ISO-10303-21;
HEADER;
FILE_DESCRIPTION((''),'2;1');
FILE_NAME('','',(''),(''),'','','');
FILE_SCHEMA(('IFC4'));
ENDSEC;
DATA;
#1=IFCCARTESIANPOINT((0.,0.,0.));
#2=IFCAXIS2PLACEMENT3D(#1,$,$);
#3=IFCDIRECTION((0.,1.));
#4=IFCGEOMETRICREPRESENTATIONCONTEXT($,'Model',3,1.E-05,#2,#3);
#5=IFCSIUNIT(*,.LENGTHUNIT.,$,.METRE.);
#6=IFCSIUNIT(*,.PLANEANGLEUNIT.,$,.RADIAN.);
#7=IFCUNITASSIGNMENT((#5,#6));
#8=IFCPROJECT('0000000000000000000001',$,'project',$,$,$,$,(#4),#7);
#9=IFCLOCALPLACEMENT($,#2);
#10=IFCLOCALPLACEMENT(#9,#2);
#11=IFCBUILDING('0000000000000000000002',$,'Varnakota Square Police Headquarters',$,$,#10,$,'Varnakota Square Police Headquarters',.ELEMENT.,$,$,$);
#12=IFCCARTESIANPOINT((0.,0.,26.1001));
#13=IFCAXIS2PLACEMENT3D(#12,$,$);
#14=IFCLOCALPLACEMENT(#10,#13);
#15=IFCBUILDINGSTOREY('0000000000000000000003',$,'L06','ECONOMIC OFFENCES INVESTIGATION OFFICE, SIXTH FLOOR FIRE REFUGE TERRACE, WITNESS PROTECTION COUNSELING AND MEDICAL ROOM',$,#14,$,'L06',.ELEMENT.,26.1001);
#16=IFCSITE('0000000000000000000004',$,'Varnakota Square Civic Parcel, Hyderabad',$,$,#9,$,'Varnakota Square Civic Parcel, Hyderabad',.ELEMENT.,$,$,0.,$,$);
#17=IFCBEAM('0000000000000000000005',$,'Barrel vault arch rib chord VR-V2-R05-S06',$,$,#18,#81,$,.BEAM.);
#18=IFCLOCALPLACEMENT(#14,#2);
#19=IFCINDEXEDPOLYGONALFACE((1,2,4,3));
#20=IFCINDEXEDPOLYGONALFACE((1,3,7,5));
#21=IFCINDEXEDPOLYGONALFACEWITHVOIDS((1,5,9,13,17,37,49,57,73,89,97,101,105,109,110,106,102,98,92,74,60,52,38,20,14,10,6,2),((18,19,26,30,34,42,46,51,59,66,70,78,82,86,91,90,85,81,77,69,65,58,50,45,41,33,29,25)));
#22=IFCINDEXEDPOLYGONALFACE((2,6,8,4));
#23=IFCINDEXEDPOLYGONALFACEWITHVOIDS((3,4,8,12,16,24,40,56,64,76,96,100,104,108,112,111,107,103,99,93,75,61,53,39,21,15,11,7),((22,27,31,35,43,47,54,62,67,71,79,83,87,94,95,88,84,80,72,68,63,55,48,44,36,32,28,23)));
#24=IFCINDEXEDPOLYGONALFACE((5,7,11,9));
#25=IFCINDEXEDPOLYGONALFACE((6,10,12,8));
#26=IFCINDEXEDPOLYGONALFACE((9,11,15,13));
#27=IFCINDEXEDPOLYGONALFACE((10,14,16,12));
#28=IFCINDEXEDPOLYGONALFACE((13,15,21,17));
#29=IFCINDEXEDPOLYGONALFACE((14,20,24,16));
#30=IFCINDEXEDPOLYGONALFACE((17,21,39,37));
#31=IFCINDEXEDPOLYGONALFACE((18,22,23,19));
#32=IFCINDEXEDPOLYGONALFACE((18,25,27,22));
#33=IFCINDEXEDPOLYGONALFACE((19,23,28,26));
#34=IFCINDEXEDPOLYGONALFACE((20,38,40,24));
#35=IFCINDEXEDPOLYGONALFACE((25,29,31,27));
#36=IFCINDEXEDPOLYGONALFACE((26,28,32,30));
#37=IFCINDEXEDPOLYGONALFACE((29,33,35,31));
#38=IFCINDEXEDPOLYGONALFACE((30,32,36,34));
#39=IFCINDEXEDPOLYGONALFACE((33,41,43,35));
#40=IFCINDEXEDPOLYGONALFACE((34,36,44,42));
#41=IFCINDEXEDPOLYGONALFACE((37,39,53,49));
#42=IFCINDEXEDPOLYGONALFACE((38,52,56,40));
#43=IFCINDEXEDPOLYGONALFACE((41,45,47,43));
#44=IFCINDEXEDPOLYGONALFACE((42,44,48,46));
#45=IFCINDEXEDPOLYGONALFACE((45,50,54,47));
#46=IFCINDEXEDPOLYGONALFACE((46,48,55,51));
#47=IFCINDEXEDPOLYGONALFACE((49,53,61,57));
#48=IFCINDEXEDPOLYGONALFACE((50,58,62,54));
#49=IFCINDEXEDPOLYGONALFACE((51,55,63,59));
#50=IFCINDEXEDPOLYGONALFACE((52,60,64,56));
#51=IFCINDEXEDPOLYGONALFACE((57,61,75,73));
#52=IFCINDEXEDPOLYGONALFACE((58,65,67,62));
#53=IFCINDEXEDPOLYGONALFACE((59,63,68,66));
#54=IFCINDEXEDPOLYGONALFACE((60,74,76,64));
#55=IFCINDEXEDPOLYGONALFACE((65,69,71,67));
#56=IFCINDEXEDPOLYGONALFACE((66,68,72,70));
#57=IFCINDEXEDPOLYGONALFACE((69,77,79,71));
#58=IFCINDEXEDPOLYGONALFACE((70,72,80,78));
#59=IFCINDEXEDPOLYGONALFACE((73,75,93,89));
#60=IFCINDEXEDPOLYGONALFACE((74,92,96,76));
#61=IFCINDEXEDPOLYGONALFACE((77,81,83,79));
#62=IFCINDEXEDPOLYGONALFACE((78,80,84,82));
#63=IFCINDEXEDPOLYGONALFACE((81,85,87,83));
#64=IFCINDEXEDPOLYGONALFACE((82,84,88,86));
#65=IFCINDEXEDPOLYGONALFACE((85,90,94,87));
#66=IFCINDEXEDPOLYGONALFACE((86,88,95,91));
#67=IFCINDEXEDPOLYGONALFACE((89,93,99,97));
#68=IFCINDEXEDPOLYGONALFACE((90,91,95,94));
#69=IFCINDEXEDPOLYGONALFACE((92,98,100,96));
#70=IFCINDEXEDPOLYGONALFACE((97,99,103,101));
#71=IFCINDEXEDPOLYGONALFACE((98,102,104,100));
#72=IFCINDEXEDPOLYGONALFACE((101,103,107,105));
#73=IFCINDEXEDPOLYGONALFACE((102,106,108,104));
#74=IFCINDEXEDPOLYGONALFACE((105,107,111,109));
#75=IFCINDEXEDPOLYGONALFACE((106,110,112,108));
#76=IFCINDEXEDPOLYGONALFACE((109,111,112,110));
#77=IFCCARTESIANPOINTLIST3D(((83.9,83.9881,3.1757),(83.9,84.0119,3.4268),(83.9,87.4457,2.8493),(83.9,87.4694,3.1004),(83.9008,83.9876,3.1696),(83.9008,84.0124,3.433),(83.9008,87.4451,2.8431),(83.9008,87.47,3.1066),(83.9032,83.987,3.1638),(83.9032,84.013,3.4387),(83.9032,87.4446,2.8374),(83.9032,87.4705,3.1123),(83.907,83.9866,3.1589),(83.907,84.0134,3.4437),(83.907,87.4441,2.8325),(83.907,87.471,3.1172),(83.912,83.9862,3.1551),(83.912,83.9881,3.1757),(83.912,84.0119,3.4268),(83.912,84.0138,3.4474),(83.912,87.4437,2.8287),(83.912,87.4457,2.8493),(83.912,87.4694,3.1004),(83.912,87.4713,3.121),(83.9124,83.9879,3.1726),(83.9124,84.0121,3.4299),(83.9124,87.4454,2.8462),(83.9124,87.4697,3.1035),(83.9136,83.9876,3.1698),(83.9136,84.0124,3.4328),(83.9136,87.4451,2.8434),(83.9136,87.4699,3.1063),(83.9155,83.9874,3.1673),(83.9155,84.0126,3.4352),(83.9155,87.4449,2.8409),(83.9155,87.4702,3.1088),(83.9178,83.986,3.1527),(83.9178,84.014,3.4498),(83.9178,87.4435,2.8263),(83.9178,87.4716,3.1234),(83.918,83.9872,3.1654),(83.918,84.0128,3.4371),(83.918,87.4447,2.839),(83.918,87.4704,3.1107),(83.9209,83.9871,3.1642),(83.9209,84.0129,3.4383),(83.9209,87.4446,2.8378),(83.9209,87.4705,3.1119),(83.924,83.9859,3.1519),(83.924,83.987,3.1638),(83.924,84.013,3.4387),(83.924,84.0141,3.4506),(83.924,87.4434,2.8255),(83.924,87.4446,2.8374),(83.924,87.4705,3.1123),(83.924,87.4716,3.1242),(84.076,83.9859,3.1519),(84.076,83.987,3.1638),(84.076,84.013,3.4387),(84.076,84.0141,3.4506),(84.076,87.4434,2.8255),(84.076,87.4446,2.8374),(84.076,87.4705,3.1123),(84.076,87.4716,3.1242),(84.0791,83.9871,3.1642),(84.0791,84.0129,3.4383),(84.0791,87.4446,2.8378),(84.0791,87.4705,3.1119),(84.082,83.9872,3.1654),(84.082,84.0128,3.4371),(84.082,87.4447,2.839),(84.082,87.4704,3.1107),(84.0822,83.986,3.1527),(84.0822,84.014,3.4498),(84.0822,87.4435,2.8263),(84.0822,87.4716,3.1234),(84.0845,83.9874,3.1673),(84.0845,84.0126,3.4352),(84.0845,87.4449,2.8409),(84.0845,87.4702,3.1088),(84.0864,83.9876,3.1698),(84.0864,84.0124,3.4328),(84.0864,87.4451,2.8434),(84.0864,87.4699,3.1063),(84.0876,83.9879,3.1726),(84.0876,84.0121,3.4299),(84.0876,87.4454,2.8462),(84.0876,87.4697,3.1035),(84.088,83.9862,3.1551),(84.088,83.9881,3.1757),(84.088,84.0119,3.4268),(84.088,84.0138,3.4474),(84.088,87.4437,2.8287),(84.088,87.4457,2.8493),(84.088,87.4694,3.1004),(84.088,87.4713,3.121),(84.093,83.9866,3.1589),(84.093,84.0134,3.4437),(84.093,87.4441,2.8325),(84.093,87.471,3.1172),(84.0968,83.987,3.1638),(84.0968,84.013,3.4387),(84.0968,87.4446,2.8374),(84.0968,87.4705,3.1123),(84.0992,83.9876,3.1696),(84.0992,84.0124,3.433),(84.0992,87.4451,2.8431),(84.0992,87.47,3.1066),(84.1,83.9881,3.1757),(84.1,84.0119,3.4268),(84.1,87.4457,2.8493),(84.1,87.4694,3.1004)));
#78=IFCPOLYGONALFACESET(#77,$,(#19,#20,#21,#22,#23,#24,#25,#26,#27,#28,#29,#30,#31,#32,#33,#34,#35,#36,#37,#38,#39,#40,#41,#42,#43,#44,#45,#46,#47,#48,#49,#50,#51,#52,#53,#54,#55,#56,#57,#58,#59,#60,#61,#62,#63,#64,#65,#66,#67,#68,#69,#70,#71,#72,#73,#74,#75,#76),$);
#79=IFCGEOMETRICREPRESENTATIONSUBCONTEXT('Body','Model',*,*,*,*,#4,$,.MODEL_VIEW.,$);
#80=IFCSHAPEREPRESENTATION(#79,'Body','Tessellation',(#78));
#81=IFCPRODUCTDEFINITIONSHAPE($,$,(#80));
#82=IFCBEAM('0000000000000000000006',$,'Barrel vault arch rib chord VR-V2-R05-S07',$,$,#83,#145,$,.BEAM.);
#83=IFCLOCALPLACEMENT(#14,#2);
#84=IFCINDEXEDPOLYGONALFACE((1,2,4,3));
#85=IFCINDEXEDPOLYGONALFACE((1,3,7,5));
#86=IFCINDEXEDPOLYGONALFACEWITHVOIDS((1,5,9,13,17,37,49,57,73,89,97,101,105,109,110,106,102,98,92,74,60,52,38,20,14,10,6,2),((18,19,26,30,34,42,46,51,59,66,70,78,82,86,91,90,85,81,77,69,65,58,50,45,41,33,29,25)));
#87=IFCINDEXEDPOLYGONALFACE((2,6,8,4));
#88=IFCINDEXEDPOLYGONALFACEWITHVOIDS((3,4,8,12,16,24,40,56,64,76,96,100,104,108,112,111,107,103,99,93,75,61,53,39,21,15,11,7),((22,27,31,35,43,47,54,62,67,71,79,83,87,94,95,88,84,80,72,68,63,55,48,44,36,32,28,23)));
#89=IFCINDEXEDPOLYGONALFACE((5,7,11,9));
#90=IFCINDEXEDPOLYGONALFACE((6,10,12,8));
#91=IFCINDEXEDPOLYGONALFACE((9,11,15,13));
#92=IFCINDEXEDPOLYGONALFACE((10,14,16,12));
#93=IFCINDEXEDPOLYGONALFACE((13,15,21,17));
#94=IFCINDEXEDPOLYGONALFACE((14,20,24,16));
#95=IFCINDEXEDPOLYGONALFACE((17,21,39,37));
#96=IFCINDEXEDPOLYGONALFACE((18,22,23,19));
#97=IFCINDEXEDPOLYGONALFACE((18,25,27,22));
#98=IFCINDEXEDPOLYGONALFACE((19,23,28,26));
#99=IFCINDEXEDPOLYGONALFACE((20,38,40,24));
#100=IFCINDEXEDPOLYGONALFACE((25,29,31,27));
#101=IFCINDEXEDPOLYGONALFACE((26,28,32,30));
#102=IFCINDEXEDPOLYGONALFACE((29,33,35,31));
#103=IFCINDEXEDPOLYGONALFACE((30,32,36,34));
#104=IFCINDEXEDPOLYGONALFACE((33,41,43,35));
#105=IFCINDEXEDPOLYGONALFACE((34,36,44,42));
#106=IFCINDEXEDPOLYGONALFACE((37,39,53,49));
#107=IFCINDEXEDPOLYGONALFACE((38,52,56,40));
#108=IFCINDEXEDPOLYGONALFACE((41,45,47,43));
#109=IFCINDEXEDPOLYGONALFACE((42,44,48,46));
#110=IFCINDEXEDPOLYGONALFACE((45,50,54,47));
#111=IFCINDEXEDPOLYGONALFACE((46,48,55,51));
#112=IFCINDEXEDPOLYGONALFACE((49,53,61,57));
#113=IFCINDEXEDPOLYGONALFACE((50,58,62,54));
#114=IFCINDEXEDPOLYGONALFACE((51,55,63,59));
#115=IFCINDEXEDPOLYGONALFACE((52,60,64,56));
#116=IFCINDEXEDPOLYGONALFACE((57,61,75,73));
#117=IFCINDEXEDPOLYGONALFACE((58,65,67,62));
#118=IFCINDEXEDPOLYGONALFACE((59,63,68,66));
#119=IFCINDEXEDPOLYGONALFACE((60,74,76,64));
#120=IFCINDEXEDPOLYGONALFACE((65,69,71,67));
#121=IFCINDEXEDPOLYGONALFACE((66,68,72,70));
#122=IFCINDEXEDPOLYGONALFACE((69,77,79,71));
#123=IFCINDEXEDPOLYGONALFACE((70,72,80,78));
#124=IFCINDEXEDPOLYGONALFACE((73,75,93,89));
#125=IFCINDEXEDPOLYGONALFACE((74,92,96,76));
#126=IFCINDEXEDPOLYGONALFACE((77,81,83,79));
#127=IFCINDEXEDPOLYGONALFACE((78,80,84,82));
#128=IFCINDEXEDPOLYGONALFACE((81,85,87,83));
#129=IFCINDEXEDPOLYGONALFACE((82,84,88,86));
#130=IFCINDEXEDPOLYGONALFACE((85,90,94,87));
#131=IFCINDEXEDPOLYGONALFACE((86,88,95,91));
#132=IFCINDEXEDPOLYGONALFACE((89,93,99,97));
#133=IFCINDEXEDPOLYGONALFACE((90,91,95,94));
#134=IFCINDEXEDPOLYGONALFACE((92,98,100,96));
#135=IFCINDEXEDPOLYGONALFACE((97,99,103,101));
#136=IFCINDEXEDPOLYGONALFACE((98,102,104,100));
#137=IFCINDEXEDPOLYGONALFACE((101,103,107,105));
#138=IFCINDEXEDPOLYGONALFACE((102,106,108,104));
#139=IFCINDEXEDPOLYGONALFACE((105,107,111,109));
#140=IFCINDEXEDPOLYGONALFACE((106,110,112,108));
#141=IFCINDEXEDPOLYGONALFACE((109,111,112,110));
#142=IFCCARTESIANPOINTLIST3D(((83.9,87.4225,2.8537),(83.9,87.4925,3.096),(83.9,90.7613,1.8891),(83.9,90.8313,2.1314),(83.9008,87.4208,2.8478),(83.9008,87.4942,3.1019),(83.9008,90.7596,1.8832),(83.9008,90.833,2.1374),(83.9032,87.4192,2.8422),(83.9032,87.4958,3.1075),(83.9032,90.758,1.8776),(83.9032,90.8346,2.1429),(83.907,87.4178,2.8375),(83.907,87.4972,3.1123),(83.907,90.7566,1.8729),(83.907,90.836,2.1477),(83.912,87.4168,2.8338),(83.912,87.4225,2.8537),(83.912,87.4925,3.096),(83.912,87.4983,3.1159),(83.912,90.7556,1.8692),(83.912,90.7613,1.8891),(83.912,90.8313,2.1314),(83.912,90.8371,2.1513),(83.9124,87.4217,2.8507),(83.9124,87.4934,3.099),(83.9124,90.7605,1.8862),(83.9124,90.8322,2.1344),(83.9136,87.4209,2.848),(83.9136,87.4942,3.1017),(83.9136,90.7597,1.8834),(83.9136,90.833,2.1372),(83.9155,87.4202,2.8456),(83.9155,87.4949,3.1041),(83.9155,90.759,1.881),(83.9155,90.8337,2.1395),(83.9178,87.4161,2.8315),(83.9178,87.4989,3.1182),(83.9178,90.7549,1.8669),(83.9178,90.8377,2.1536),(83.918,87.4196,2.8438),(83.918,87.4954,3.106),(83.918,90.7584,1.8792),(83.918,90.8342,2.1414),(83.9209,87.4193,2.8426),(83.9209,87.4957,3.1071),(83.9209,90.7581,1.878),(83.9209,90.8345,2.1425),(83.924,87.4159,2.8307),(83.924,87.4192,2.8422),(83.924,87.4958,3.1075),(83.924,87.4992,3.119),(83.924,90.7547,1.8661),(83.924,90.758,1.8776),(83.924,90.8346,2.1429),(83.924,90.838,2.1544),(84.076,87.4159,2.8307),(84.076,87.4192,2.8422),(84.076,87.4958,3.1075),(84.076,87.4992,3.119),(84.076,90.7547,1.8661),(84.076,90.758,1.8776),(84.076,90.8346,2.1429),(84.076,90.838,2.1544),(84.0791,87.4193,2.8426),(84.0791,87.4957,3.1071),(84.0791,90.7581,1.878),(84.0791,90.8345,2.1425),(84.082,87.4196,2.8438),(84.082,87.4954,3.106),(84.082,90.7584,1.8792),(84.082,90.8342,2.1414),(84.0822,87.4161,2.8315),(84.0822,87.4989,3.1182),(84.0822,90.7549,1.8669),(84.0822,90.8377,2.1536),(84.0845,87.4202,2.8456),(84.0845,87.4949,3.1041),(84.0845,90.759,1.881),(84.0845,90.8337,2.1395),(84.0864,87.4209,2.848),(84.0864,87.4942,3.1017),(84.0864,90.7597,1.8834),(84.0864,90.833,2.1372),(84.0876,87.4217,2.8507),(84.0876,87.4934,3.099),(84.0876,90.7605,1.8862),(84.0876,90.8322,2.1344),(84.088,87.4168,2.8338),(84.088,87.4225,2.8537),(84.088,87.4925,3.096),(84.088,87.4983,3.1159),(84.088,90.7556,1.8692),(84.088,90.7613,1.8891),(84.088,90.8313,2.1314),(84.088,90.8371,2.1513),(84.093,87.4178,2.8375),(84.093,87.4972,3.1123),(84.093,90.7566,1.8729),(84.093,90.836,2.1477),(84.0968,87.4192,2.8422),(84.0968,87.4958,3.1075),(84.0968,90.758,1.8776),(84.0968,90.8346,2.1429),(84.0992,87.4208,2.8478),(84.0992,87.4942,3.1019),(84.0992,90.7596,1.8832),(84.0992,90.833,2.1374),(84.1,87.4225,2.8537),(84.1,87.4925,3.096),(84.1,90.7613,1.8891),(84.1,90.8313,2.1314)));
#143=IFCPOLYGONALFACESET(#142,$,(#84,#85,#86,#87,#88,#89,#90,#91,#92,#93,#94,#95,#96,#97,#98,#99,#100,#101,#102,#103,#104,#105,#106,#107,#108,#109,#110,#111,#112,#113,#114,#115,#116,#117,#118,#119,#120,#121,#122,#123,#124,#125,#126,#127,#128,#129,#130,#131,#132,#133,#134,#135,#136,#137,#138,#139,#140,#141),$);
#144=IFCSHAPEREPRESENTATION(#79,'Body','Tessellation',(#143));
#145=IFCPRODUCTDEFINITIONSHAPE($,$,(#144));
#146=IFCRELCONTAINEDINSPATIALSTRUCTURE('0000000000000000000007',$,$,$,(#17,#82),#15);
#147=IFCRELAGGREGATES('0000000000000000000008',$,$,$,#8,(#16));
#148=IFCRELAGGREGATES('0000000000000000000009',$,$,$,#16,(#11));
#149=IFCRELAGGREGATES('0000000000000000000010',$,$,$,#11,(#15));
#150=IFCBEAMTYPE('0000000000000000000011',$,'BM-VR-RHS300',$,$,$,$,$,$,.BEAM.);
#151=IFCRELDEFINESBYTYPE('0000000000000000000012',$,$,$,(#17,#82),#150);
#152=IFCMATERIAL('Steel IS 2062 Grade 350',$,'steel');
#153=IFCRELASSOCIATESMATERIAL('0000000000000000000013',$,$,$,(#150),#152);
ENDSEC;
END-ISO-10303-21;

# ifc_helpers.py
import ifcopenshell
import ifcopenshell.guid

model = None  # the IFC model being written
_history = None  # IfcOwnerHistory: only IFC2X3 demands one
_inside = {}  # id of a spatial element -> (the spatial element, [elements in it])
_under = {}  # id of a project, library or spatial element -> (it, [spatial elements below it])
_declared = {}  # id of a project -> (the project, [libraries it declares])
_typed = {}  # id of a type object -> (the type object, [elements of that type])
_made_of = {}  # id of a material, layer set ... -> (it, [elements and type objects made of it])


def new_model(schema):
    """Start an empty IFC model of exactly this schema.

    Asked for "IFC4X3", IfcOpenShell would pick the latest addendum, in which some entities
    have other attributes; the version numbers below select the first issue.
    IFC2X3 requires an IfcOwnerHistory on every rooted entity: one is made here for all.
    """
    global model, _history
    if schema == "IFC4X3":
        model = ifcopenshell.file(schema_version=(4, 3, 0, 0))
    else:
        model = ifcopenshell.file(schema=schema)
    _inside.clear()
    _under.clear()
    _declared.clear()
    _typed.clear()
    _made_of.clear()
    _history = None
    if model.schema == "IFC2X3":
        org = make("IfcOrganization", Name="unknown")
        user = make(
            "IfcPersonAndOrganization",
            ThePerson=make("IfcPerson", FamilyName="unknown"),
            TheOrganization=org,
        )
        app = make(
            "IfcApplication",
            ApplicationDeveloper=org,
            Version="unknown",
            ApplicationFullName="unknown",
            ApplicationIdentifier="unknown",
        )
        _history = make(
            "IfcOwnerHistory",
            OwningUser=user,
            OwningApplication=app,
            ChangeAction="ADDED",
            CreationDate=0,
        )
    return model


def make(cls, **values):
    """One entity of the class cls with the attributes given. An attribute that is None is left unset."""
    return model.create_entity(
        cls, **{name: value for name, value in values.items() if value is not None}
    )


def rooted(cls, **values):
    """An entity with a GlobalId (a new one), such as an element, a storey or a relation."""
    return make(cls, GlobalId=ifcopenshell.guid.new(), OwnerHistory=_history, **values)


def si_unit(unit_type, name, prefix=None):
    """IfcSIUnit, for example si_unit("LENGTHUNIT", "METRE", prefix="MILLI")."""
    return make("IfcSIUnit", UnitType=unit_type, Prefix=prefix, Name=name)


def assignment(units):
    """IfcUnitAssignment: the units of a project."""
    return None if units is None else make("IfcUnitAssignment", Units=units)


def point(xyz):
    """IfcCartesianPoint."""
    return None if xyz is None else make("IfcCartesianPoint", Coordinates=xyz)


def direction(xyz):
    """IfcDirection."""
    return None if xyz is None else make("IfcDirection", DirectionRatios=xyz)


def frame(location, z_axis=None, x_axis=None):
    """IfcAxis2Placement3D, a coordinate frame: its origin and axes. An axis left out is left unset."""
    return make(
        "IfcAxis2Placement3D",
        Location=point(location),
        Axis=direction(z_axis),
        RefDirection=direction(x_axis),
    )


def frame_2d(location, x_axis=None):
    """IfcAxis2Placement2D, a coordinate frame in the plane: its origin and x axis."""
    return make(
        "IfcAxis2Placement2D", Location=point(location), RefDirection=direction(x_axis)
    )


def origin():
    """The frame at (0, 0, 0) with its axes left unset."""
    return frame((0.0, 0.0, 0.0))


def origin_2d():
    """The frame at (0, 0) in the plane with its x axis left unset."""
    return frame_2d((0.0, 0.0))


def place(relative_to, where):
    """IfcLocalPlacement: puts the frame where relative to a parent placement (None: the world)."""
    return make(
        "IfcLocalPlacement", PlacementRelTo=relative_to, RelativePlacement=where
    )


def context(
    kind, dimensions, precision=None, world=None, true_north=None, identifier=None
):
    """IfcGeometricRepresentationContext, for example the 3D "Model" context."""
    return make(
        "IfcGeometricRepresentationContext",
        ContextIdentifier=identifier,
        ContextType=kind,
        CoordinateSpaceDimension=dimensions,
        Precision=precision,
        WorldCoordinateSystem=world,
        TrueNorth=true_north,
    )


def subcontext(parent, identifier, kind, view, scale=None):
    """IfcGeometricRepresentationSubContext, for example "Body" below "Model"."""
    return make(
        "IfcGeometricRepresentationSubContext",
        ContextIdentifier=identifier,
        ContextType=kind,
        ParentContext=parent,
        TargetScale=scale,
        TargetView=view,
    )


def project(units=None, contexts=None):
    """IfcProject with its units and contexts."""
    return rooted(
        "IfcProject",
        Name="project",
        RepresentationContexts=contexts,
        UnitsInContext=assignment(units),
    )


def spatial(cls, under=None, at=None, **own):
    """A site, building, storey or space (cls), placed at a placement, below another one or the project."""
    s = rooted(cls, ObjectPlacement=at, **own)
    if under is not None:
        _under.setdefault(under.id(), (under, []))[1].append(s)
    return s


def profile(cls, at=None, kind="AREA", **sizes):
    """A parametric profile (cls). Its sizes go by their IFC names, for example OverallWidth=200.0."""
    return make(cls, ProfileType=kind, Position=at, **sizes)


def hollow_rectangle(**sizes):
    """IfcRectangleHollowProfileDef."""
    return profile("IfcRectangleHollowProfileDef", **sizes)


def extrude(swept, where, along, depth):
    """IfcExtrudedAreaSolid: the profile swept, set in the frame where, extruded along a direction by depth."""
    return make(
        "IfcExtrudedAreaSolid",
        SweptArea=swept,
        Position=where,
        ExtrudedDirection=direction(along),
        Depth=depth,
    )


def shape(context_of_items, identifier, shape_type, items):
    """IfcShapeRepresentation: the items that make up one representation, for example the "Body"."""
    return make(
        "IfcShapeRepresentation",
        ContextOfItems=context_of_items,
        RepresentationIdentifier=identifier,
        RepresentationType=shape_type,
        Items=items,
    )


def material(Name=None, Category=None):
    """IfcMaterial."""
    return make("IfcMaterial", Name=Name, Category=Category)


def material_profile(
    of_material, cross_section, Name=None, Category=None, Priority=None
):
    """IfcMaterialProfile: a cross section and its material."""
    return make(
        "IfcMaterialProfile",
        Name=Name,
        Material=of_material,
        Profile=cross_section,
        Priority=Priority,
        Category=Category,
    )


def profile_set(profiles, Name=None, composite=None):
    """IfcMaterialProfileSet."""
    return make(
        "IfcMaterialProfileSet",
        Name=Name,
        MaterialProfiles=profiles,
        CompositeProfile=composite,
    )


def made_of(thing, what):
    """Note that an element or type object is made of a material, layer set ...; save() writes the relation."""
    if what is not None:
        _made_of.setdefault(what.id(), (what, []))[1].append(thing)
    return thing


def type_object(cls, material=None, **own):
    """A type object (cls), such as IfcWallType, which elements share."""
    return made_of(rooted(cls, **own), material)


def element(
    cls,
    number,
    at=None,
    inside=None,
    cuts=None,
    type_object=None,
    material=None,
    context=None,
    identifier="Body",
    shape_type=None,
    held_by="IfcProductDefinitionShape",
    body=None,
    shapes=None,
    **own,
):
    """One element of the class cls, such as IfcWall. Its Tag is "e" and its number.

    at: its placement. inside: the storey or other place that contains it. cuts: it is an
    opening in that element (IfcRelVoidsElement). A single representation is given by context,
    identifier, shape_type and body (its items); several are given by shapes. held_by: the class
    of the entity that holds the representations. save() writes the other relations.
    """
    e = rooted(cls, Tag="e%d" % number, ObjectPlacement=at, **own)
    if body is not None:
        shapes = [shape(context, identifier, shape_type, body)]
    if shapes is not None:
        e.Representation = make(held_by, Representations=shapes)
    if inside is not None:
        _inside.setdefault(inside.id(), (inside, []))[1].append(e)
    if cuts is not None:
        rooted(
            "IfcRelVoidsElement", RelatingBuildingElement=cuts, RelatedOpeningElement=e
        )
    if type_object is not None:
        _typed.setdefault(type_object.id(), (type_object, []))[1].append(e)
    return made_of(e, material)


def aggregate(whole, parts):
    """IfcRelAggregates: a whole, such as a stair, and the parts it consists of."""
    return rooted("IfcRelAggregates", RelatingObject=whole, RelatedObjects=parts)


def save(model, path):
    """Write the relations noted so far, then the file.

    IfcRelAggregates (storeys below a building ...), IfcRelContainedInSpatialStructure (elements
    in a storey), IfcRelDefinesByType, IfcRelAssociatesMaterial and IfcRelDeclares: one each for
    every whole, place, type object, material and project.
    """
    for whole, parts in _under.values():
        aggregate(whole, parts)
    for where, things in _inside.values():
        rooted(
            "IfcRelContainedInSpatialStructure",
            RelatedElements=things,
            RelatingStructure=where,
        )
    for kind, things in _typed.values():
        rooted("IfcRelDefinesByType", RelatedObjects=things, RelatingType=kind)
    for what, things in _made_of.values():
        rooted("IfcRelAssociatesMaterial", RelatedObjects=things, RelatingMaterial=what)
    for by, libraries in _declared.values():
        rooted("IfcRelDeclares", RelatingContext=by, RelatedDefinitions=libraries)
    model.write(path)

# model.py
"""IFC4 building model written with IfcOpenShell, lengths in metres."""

from ifc_helpers import new_model, si_unit, direction, frame, origin, origin_2d, place, context, subcontext, project, spatial, hollow_rectangle, extrude, material, material_profile, profile_set, type_object, element, save


model = new_model("IFC4")

# Units and contexts
model_context = context("Model", 3, precision=1e-05, world=origin(), true_north=direction((0.0, 1.0)))
body_context = subcontext(model_context, "Body", "Model", "MODEL_VIEW")
ifc_project = project(units=[si_unit("LENGTHUNIT", "METRE"), si_unit("PLANEANGLEUNIT", "RADIAN")], contexts=[model_context])

# Site, building, storey
site_placement = place(None, origin())
site = spatial("IfcSite", under=ifc_project, at=site_placement, Name="Varnakota Square Civic Parcel, Hyderabad", LongName="Varnakota Square Civic Parcel, Hyderabad", CompositionType="ELEMENT", RefElevation=0.0)
building_placement = place(site_placement, origin())
building = spatial("IfcBuilding", under=site, at=building_placement, Name="Varnakota Square Police Headquarters", LongName="Varnakota Square Police Headquarters", CompositionType="ELEMENT")
storey_placement = place(building_placement, frame((0.0, 0.0, 26.1001)))
storey = spatial("IfcBuildingStorey", under=building, at=storey_placement, Name="L06", Description="ECONOMIC OFFENCES INVESTIGATION OFFICE, SIXTH FLOOR FIRE REFUGE TERRACE, WITNESS PROTECTION COUNSELING AND MEDICAL ROOM", LongName="L06", CompositionType="ELEMENT", Elevation=26.1001)

# Beams
ifc_material_1 = material(Name="Steel IS 2062 Grade 350", Category="steel")
ifc_material_profile_1 = material_profile(ifc_material_1, hollow_rectangle(XDim=0.2, YDim=0.3, WallThickness=0.012, InnerFilletRadius=0.012, OuterFilletRadius=0.0239, at=origin_2d()), Name="RHS 300x200x12")
ifc_profile_set_1 = profile_set([ifc_material_profile_1], Name="Steel IS 2062 Grade 350")
beam_type = type_object("IfcBeamType", Name="BM-VR-RHS300", PredefinedType="BEAM", material=ifc_profile_set_1)
beam_1_placement = place(storey_placement, frame((84.0, 84.0, 3.3013), z_axis=(0.0, 0.995573, -0.09399), x_axis=(-1.0, 0.0, 0.0)))
element("IfcBeam", 1, at=beam_1_placement, inside=storey, type_object=beam_type, Name="Barrel vault arch rib chord VR-V2-R05-S06", PredefinedType="BEAM", context=body_context, shape_type="SweptSolid", body=[
    extrude(hollow_rectangle(XDim=0.2, YDim=0.3, WallThickness=0.012, InnerFilletRadius=0.012, OuterFilletRadius=0.0239, at=origin_2d()), origin(), (0.0, 0.0, 1.0), 3.4729),
])
beam_2_placement = place(storey_placement, frame((84.0, 87.4575, 2.9749), z_axis=(0.0, 0.960711, -0.27755), x_axis=(-1.0, 0.0, 0.0)))
element("IfcBeam", 2, at=beam_2_placement, inside=storey, type_object=beam_type, Name="Barrel vault arch rib chord VR-V2-R05-S07", PredefinedType="BEAM", context=body_context, shape_type="SweptSolid", body=[
    extrude(hollow_rectangle(XDim=0.2, YDim=0.3, WallThickness=0.012, InnerFilletRadius=0.012, OuterFilletRadius=0.0239, at=origin_2d()), origin(), (0.0, 0.0, 1.0), 3.4753),
])

save(model, "model.ifc")
